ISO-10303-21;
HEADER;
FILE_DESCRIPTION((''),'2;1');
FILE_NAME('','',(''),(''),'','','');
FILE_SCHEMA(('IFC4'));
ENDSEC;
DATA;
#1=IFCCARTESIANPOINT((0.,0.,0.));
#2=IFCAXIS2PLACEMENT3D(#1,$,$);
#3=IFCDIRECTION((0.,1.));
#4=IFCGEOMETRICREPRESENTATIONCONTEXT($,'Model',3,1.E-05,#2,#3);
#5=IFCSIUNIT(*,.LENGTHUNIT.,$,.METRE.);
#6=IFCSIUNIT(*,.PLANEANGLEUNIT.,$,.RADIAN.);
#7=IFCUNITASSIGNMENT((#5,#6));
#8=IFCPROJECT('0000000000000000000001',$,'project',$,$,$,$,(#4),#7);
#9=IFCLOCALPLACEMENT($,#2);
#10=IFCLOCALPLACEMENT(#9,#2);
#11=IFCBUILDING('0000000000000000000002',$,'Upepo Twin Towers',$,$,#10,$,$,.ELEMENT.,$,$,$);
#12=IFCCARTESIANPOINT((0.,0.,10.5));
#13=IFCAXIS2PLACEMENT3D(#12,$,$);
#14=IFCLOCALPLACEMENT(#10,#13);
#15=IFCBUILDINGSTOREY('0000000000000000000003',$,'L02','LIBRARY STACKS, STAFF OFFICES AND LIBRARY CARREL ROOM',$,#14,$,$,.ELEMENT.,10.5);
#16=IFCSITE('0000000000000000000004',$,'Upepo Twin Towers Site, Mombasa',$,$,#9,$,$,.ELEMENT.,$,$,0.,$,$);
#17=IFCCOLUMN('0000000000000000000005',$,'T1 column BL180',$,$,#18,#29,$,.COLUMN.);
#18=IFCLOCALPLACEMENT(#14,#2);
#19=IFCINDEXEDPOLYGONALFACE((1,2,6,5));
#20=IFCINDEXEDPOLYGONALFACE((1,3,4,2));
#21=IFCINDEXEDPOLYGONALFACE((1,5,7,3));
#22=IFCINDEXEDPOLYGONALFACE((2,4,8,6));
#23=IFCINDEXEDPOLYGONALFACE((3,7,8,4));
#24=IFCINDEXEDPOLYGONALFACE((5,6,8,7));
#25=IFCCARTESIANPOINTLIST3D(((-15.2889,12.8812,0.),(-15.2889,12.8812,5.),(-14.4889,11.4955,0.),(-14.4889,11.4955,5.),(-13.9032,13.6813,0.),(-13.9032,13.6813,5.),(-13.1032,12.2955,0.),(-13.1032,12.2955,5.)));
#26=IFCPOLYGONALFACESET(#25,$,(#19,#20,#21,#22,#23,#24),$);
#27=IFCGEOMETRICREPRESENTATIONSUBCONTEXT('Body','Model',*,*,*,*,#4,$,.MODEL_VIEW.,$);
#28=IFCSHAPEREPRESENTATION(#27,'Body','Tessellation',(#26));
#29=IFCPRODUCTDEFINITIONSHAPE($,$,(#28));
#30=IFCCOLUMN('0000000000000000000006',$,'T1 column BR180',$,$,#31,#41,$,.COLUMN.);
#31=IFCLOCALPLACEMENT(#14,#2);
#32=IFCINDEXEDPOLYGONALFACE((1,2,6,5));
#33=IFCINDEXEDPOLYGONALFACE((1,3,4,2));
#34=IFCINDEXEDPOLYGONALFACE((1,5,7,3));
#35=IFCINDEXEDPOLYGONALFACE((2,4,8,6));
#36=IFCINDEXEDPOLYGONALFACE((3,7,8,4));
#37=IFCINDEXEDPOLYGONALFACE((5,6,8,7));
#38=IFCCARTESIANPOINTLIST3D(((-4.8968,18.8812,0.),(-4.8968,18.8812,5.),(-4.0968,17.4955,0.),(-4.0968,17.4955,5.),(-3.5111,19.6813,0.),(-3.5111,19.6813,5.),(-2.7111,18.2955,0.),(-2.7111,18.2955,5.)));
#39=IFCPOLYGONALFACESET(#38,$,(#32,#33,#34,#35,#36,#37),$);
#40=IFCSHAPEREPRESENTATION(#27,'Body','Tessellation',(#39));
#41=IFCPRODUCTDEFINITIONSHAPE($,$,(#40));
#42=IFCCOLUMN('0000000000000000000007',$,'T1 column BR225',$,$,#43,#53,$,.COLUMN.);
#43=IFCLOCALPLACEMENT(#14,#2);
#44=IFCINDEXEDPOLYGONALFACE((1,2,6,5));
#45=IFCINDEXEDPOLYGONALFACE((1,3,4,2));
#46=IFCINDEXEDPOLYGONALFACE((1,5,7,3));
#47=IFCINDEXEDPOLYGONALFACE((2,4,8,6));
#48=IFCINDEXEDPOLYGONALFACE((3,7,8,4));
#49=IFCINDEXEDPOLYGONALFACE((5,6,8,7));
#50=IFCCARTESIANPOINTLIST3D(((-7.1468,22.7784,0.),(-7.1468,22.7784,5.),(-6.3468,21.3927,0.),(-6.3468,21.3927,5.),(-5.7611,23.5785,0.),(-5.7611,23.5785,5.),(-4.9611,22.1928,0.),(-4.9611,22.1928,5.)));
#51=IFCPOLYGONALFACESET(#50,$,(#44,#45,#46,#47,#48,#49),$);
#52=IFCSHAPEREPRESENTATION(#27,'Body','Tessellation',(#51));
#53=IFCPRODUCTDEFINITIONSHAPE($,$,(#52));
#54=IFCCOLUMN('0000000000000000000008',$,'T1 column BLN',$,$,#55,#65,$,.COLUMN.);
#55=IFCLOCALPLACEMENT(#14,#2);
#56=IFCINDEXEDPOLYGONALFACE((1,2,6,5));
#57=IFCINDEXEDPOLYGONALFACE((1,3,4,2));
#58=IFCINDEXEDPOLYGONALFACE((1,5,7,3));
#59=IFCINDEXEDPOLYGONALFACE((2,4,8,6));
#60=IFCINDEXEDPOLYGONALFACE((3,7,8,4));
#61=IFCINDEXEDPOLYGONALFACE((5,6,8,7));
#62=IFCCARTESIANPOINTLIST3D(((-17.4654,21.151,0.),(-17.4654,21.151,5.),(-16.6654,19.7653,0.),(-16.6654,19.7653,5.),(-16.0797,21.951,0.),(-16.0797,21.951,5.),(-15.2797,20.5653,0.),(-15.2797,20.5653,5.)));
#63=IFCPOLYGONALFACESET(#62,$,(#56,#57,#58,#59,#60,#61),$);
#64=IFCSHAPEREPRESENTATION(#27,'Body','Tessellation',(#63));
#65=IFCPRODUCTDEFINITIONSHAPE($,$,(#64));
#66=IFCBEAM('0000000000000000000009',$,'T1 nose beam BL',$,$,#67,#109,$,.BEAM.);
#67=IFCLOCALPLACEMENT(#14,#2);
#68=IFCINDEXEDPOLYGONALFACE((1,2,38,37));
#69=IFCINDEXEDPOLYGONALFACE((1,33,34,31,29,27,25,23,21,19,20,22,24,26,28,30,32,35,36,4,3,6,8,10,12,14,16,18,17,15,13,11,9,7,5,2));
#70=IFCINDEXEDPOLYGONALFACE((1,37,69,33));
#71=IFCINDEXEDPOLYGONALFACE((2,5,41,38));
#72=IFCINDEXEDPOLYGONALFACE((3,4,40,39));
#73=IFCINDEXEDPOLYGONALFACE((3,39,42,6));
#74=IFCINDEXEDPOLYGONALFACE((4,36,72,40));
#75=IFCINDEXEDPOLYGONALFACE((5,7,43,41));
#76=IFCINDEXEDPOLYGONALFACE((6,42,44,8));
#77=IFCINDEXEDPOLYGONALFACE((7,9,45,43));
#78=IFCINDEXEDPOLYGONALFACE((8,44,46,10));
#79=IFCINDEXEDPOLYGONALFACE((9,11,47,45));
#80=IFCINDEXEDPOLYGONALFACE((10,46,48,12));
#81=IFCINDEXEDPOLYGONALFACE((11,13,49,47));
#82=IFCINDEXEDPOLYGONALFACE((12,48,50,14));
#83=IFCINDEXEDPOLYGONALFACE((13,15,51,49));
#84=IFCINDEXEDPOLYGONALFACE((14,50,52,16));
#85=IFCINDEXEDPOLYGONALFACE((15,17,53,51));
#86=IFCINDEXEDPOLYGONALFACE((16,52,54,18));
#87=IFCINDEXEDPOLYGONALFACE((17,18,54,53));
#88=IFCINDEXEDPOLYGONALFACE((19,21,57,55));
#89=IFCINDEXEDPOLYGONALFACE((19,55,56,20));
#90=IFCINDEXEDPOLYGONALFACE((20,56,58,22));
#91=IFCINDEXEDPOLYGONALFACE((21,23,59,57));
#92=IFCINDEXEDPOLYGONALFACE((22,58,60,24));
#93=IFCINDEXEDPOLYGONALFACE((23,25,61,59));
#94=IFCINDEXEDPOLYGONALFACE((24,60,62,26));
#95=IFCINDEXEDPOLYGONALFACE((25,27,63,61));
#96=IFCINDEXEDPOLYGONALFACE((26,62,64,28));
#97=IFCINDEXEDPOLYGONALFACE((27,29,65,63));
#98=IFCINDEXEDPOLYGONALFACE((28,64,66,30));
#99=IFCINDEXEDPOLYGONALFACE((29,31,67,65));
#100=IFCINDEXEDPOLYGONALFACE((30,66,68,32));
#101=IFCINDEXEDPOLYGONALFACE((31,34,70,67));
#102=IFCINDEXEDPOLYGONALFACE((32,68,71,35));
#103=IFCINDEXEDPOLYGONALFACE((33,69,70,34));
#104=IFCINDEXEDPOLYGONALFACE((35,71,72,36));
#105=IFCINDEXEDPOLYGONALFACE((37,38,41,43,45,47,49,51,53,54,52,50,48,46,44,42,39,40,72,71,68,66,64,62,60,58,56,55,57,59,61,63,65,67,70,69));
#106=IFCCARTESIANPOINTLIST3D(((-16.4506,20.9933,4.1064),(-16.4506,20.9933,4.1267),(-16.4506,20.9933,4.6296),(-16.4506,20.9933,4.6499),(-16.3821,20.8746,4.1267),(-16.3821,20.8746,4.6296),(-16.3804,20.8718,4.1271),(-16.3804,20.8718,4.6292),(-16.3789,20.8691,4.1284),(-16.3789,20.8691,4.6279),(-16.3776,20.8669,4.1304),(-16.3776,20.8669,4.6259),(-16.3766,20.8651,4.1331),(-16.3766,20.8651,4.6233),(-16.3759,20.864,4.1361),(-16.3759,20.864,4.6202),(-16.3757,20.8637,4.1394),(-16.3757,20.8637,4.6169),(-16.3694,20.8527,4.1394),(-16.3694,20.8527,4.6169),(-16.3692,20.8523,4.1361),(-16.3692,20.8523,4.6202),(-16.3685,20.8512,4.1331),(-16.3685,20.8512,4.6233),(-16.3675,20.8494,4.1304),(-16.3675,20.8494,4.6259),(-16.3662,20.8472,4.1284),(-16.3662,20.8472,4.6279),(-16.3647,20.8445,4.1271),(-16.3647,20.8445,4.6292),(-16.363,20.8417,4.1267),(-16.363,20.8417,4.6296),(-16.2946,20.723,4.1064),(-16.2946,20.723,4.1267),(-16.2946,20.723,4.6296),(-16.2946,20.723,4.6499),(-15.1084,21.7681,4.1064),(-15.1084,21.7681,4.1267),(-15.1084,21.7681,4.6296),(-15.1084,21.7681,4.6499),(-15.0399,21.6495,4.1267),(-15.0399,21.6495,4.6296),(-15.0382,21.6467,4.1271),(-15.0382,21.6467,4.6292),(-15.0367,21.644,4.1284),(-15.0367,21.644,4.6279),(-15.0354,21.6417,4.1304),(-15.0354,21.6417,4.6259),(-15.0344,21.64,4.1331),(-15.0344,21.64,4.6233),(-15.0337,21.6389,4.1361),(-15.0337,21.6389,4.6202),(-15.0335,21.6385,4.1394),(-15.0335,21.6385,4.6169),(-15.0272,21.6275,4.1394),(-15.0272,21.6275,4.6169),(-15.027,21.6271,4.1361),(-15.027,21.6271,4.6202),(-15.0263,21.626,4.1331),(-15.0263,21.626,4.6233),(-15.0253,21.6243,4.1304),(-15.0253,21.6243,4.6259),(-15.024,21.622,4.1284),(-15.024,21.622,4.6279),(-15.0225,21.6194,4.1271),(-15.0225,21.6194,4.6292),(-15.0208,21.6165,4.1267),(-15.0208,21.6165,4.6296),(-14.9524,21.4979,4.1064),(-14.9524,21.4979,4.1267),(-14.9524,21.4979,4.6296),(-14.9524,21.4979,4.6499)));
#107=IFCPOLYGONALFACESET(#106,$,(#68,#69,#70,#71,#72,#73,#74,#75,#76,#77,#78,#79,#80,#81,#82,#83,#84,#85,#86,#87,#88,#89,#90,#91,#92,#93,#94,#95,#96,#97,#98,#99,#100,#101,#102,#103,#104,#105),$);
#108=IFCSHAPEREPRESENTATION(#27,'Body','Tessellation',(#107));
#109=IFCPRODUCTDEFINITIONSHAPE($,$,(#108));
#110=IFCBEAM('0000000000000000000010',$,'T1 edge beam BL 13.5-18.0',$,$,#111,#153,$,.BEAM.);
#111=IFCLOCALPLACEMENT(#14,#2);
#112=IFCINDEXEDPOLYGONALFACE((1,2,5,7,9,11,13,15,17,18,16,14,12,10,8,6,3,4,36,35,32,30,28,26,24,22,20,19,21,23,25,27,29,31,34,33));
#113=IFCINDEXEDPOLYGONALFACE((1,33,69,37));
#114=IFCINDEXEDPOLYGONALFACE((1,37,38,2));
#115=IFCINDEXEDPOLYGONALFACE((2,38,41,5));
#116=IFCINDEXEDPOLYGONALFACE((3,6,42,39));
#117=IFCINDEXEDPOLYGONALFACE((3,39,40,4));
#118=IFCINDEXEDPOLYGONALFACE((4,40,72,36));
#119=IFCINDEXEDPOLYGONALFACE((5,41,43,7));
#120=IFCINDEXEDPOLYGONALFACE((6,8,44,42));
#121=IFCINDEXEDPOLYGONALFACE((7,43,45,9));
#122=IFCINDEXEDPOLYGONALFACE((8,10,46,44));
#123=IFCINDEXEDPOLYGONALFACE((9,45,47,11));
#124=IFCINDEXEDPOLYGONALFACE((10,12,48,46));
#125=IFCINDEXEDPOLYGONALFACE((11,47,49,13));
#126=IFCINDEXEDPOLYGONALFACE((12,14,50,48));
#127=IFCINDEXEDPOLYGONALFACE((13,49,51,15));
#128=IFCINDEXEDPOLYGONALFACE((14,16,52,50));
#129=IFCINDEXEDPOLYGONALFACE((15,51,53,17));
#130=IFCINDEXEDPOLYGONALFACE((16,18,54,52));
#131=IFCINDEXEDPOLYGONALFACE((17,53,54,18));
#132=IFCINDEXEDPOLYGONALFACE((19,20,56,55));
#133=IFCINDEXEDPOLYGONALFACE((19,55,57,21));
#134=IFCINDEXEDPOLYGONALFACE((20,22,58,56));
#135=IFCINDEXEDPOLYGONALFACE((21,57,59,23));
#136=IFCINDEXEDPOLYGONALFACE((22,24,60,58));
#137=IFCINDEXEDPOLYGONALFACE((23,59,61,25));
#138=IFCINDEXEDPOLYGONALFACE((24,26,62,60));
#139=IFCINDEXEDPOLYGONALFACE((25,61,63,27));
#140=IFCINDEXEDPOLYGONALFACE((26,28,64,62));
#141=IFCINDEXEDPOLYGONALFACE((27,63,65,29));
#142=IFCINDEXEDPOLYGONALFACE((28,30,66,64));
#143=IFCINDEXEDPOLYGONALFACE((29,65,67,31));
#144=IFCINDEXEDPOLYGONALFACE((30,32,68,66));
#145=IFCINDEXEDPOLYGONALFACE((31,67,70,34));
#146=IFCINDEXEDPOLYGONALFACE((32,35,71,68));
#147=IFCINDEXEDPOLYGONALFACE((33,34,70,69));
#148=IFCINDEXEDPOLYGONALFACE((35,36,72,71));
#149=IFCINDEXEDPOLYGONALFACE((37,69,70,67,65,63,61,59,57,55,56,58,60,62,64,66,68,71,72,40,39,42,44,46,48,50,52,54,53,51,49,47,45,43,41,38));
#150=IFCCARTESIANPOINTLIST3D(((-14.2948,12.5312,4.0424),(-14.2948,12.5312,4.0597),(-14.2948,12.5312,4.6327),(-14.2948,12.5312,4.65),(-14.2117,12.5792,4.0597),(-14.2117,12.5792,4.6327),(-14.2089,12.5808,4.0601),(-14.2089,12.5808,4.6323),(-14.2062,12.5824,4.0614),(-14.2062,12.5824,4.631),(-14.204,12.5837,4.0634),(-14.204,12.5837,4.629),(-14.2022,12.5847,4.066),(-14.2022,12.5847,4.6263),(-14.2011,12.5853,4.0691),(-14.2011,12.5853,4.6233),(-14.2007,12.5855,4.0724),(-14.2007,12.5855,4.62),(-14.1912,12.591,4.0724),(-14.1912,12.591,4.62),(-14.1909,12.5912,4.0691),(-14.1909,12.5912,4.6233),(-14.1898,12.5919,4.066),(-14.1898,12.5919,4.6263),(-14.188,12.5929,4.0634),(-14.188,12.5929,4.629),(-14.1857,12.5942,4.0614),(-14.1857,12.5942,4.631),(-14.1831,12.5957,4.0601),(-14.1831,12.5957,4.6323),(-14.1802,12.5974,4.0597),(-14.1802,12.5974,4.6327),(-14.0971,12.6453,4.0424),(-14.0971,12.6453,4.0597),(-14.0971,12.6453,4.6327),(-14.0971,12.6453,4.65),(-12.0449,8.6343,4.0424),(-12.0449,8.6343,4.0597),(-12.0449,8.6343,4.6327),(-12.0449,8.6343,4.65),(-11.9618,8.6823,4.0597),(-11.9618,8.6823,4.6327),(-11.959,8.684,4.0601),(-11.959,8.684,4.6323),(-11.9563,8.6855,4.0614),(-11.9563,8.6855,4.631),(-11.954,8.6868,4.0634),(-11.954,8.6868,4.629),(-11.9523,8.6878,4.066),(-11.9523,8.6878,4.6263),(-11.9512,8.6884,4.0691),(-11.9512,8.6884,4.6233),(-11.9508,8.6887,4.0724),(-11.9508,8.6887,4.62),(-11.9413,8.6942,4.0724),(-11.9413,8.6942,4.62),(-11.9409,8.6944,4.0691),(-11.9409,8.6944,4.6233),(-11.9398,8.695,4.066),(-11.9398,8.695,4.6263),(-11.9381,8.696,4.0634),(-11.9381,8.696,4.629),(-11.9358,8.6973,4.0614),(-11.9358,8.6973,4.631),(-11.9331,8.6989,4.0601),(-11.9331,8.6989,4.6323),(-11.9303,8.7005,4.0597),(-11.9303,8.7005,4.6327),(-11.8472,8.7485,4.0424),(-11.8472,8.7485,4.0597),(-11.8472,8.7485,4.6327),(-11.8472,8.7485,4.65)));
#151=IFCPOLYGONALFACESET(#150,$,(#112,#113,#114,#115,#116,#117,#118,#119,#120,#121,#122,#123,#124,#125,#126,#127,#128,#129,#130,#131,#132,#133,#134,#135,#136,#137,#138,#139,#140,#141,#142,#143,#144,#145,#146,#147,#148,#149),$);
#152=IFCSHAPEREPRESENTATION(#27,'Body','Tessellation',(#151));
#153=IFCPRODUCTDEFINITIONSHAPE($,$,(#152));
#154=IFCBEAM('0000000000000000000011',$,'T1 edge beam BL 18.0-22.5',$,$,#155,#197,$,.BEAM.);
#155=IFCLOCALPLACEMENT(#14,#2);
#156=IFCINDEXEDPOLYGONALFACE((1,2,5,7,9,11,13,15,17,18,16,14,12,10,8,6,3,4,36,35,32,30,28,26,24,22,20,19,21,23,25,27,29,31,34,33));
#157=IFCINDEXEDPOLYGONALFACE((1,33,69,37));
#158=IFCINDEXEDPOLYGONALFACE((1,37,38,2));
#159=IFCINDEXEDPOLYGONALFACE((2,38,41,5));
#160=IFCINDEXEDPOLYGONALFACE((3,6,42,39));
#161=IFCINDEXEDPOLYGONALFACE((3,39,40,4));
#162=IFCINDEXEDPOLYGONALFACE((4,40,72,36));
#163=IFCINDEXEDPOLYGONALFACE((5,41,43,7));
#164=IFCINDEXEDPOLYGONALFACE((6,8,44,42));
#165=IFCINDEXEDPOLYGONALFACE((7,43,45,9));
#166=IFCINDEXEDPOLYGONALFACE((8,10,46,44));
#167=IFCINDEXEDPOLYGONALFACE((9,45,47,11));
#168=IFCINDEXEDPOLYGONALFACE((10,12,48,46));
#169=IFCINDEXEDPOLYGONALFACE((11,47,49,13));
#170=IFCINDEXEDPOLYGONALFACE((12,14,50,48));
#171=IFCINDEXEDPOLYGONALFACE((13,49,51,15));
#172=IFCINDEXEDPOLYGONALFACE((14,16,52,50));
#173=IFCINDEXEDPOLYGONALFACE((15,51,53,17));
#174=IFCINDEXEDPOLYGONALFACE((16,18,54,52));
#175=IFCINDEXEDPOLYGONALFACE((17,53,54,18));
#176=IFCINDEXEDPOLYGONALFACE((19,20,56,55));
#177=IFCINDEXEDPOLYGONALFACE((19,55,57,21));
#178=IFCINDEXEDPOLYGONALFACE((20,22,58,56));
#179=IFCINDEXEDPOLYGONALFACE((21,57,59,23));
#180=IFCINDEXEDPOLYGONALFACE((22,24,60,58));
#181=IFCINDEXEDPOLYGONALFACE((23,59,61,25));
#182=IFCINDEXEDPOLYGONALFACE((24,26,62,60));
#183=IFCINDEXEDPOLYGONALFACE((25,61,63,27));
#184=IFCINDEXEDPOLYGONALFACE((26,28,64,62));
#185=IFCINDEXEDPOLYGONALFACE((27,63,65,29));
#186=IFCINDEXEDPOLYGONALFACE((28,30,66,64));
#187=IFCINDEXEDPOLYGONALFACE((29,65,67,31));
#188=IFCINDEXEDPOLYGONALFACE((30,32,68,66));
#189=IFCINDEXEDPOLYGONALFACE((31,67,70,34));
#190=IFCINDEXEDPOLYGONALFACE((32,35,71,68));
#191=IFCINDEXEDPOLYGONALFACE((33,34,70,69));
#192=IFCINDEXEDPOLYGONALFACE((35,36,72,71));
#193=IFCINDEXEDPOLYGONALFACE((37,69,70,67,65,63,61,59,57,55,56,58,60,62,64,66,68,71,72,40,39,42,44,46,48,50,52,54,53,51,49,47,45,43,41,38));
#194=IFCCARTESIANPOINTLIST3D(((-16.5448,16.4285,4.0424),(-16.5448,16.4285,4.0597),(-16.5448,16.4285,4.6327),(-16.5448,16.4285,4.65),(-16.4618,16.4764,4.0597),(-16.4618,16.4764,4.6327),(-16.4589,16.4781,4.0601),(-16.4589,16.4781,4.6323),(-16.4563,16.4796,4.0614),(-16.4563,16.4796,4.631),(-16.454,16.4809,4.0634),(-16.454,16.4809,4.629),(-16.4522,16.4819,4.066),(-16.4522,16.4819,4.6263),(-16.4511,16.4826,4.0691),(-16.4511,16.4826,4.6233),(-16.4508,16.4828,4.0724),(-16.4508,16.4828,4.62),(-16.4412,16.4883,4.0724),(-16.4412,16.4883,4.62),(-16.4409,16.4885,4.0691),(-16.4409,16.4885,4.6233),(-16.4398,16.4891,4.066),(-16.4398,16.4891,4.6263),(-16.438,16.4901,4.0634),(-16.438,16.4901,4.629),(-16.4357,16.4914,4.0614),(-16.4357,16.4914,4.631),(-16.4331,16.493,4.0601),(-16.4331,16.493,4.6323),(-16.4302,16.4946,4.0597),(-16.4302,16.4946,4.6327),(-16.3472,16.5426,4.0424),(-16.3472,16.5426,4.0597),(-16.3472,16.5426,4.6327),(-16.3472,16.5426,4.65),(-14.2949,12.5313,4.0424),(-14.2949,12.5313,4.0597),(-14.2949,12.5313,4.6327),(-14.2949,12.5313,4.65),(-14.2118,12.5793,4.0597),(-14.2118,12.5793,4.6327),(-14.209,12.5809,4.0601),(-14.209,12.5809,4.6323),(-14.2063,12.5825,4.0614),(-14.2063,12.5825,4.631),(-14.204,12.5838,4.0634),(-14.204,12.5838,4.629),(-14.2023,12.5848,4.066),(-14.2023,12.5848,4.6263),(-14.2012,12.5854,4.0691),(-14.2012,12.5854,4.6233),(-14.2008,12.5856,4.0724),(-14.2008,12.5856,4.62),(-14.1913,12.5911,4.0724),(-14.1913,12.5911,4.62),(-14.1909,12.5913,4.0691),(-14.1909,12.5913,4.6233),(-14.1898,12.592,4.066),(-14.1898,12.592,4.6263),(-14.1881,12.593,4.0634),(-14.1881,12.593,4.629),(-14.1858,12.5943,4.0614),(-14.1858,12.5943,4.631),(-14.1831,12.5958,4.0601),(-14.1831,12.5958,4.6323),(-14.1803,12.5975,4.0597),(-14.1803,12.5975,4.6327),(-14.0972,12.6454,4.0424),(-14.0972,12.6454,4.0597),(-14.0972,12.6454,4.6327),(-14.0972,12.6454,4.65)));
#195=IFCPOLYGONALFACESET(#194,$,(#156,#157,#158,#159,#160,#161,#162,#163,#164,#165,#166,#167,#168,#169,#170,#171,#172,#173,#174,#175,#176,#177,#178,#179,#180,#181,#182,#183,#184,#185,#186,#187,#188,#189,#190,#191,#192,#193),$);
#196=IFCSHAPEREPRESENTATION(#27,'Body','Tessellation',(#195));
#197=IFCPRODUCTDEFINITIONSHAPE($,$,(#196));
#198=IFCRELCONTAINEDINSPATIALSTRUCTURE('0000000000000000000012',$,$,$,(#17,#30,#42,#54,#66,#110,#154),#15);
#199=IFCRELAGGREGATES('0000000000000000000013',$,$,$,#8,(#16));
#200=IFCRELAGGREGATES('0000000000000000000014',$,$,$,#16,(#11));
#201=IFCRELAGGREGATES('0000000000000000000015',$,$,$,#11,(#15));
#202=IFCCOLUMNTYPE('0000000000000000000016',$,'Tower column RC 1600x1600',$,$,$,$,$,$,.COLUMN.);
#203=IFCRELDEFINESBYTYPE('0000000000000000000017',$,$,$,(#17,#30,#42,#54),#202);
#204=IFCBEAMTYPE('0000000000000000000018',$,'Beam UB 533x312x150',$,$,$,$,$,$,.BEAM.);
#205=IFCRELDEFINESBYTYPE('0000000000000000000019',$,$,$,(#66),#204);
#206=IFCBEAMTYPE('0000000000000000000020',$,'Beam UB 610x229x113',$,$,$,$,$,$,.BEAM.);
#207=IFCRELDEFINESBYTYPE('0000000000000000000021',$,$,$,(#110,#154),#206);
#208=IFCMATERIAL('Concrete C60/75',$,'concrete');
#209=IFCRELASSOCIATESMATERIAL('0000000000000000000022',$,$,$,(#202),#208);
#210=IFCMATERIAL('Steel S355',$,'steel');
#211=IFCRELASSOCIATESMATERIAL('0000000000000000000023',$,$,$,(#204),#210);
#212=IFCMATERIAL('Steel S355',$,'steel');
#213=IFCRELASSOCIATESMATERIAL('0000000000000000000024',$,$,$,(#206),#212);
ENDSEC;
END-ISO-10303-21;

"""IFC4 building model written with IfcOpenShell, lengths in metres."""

from ifc_helpers import new_model, si_unit, direction, frame, origin, origin_2d, place, context, subcontext, project, spatial, rectangle, i_section, extrude, material, material_profile, profile_set, type_object, element, save


model = new_model("IFC4")

# Units and contexts
model_context = context("Model", 3, precision=1e-05, world=origin(), true_north=direction((0.0, 1.0)))
body_context = subcontext(model_context, "Body", "Model", "MODEL_VIEW")
ifc_project = project(units=[si_unit("LENGTHUNIT", "METRE"), si_unit("PLANEANGLEUNIT", "RADIAN")], contexts=[model_context])

# Site, building, storey
site_placement = place(None, origin())
site = spatial("IfcSite", under=ifc_project, at=site_placement, Name="Upepo Twin Towers Site, Mombasa", CompositionType="ELEMENT", RefElevation=0.0)
building_placement = place(site_placement, origin())
building = spatial("IfcBuilding", under=site, at=building_placement, Name="Upepo Twin Towers", CompositionType="ELEMENT")
storey_placement = place(building_placement, frame((0.0, 0.0, 10.5)))
storey = spatial("IfcBuildingStorey", under=building, at=storey_placement, Name="L02", Description="LIBRARY STACKS, STAFF OFFICES AND LIBRARY CARREL ROOM", CompositionType="ELEMENT", Elevation=10.5)

# Columns
ifc_material_1 = material(Name="Concrete C60/75", Category="concrete")
ifc_material_profile_1 = material_profile(ifc_material_1, rectangle(XDim=1.6001, YDim=1.6001, at=origin_2d()), Name="RC 1600x1600")
ifc_profile_set_1 = profile_set([ifc_material_profile_1], Name="Concrete C60/75")
column_type = type_object("IfcColumnType", Name="Tower column RC 1600x1600", PredefinedType="COLUMN", material=ifc_profile_set_1)
for number, where, z_axis, x_axis, name in (
    (1, (-14.196, 12.5884, 0.0), (0.0, 0.0, 1.0), (0.866025, 0.5, 0.0), "T1 column BL180"),
    (2, (-3.804, 18.5884, 0.0), (0.0, 0.0, 1.0), (0.866025, 0.5, 0.0), "T1 column BR180"),
    (3, (-6.054, 22.4856, 0.0), (0.0, 0.0, 1.0), (0.866025, 0.5, 0.0), "T1 column BR225"),
    (4, (-16.3726, 20.8582, 0.0), (0.0, 0.0, 1.0), (0.866025, 0.5, 0.0), "T1 column BLN"),
):
    element("IfcColumn", number, at=place(storey_placement, frame(where, z_axis=z_axis, x_axis=x_axis)), inside=storey, type_object=column_type, Name=name, PredefinedType="COLUMN", context=body_context, shape_type="SweptSolid", body=[
        extrude(rectangle(XDim=1.6001, YDim=1.6001, at=origin_2d()), origin(), (0.0, 0.0, 1.0), 5.0),
    ])

# Beams
ifc_material_2 = material(Name="Steel S355", Category="steel")
ifc_material_profile_2 = material_profile(ifc_material_2, i_section(OverallWidth=0.312, OverallDepth=0.5435, WebThickness=0.0127, FlangeThickness=0.0203, FilletRadius=0.0127, at=origin_2d()), Name="UB 533x312x150")
ifc_profile_set_2 = profile_set([ifc_material_profile_2], Name="Steel S355")
beam_type_1 = type_object("IfcBeamType", Name="Beam UB 533x312x150", PredefinedType="BEAM", material=ifc_profile_set_2)
beam_1_placement = place(storey_placement, frame((-16.3726, 20.8582, 4.3782), z_axis=(0.866044, 0.499968, 0.0), x_axis=(-0.499968, 0.866044, 0.0)))
element("IfcBeam", 5, at=beam_1_placement, inside=storey, type_object=beam_type_1, Name="T1 nose beam BL", PredefinedType="BEAM", context=body_context, shape_type="SweptSolid", body=[
    extrude(i_section(OverallWidth=0.312, OverallDepth=0.5435, WebThickness=0.0127, FlangeThickness=0.0203, FilletRadius=0.0127, at=origin_2d()), origin(), (0.0, 0.0, 1.0), 1.5498),
])
ifc_material_3 = material(Name="Steel S355", Category="steel")
ifc_material_profile_3 = material_profile(ifc_material_3, i_section(OverallWidth=0.2283, OverallDepth=0.6077, WebThickness=0.011, FlangeThickness=0.0173, FilletRadius=0.0127, at=origin_2d()), Name="UB 610x229x113")
ifc_profile_set_3 = profile_set([ifc_material_profile_3], Name="Steel S355")
beam_type_2 = type_object("IfcBeamType", Name="Beam UB 610x229x113", PredefinedType="BEAM", material=ifc_profile_set_3)
beam_2_placement = place(storey_placement, frame((-11.946, 8.6914, 4.3462), z_axis=(-0.500014, 0.866018, 0.0), x_axis=(-0.866018, -0.500014, 0.0)))
element("IfcBeam", 6, at=beam_2_placement, inside=storey, type_object=beam_type_2, Name="T1 edge beam BL 13.5-18.0", PredefinedType="BEAM", context=body_context, shape_type="SweptSolid", body=[
    extrude(i_section(OverallWidth=0.2283, OverallDepth=0.6077, WebThickness=0.011, FlangeThickness=0.0173, FilletRadius=0.0127, at=origin_2d()), origin(), (0.0, 0.0, 1.0), 4.4998),
])
beam_3_placement = place(storey_placement, frame((-14.196, 12.5884, 4.3462), z_axis=(-0.49999, 0.866031, 0.0), x_axis=(-0.866031, -0.49999, 0.0)))
element("IfcBeam", 7, at=beam_3_placement, inside=storey, type_object=beam_type_2, Name="T1 edge beam BL 18.0-22.5", PredefinedType="BEAM", context=body_context, shape_type="SweptSolid", body=[
    extrude(i_section(OverallWidth=0.2283, OverallDepth=0.6077, WebThickness=0.011, FlangeThickness=0.0173, FilletRadius=0.0127, at=origin_2d()), origin(), (0.0, 0.0, 1.0), 4.5),
])

save(model, "model.ifc")
